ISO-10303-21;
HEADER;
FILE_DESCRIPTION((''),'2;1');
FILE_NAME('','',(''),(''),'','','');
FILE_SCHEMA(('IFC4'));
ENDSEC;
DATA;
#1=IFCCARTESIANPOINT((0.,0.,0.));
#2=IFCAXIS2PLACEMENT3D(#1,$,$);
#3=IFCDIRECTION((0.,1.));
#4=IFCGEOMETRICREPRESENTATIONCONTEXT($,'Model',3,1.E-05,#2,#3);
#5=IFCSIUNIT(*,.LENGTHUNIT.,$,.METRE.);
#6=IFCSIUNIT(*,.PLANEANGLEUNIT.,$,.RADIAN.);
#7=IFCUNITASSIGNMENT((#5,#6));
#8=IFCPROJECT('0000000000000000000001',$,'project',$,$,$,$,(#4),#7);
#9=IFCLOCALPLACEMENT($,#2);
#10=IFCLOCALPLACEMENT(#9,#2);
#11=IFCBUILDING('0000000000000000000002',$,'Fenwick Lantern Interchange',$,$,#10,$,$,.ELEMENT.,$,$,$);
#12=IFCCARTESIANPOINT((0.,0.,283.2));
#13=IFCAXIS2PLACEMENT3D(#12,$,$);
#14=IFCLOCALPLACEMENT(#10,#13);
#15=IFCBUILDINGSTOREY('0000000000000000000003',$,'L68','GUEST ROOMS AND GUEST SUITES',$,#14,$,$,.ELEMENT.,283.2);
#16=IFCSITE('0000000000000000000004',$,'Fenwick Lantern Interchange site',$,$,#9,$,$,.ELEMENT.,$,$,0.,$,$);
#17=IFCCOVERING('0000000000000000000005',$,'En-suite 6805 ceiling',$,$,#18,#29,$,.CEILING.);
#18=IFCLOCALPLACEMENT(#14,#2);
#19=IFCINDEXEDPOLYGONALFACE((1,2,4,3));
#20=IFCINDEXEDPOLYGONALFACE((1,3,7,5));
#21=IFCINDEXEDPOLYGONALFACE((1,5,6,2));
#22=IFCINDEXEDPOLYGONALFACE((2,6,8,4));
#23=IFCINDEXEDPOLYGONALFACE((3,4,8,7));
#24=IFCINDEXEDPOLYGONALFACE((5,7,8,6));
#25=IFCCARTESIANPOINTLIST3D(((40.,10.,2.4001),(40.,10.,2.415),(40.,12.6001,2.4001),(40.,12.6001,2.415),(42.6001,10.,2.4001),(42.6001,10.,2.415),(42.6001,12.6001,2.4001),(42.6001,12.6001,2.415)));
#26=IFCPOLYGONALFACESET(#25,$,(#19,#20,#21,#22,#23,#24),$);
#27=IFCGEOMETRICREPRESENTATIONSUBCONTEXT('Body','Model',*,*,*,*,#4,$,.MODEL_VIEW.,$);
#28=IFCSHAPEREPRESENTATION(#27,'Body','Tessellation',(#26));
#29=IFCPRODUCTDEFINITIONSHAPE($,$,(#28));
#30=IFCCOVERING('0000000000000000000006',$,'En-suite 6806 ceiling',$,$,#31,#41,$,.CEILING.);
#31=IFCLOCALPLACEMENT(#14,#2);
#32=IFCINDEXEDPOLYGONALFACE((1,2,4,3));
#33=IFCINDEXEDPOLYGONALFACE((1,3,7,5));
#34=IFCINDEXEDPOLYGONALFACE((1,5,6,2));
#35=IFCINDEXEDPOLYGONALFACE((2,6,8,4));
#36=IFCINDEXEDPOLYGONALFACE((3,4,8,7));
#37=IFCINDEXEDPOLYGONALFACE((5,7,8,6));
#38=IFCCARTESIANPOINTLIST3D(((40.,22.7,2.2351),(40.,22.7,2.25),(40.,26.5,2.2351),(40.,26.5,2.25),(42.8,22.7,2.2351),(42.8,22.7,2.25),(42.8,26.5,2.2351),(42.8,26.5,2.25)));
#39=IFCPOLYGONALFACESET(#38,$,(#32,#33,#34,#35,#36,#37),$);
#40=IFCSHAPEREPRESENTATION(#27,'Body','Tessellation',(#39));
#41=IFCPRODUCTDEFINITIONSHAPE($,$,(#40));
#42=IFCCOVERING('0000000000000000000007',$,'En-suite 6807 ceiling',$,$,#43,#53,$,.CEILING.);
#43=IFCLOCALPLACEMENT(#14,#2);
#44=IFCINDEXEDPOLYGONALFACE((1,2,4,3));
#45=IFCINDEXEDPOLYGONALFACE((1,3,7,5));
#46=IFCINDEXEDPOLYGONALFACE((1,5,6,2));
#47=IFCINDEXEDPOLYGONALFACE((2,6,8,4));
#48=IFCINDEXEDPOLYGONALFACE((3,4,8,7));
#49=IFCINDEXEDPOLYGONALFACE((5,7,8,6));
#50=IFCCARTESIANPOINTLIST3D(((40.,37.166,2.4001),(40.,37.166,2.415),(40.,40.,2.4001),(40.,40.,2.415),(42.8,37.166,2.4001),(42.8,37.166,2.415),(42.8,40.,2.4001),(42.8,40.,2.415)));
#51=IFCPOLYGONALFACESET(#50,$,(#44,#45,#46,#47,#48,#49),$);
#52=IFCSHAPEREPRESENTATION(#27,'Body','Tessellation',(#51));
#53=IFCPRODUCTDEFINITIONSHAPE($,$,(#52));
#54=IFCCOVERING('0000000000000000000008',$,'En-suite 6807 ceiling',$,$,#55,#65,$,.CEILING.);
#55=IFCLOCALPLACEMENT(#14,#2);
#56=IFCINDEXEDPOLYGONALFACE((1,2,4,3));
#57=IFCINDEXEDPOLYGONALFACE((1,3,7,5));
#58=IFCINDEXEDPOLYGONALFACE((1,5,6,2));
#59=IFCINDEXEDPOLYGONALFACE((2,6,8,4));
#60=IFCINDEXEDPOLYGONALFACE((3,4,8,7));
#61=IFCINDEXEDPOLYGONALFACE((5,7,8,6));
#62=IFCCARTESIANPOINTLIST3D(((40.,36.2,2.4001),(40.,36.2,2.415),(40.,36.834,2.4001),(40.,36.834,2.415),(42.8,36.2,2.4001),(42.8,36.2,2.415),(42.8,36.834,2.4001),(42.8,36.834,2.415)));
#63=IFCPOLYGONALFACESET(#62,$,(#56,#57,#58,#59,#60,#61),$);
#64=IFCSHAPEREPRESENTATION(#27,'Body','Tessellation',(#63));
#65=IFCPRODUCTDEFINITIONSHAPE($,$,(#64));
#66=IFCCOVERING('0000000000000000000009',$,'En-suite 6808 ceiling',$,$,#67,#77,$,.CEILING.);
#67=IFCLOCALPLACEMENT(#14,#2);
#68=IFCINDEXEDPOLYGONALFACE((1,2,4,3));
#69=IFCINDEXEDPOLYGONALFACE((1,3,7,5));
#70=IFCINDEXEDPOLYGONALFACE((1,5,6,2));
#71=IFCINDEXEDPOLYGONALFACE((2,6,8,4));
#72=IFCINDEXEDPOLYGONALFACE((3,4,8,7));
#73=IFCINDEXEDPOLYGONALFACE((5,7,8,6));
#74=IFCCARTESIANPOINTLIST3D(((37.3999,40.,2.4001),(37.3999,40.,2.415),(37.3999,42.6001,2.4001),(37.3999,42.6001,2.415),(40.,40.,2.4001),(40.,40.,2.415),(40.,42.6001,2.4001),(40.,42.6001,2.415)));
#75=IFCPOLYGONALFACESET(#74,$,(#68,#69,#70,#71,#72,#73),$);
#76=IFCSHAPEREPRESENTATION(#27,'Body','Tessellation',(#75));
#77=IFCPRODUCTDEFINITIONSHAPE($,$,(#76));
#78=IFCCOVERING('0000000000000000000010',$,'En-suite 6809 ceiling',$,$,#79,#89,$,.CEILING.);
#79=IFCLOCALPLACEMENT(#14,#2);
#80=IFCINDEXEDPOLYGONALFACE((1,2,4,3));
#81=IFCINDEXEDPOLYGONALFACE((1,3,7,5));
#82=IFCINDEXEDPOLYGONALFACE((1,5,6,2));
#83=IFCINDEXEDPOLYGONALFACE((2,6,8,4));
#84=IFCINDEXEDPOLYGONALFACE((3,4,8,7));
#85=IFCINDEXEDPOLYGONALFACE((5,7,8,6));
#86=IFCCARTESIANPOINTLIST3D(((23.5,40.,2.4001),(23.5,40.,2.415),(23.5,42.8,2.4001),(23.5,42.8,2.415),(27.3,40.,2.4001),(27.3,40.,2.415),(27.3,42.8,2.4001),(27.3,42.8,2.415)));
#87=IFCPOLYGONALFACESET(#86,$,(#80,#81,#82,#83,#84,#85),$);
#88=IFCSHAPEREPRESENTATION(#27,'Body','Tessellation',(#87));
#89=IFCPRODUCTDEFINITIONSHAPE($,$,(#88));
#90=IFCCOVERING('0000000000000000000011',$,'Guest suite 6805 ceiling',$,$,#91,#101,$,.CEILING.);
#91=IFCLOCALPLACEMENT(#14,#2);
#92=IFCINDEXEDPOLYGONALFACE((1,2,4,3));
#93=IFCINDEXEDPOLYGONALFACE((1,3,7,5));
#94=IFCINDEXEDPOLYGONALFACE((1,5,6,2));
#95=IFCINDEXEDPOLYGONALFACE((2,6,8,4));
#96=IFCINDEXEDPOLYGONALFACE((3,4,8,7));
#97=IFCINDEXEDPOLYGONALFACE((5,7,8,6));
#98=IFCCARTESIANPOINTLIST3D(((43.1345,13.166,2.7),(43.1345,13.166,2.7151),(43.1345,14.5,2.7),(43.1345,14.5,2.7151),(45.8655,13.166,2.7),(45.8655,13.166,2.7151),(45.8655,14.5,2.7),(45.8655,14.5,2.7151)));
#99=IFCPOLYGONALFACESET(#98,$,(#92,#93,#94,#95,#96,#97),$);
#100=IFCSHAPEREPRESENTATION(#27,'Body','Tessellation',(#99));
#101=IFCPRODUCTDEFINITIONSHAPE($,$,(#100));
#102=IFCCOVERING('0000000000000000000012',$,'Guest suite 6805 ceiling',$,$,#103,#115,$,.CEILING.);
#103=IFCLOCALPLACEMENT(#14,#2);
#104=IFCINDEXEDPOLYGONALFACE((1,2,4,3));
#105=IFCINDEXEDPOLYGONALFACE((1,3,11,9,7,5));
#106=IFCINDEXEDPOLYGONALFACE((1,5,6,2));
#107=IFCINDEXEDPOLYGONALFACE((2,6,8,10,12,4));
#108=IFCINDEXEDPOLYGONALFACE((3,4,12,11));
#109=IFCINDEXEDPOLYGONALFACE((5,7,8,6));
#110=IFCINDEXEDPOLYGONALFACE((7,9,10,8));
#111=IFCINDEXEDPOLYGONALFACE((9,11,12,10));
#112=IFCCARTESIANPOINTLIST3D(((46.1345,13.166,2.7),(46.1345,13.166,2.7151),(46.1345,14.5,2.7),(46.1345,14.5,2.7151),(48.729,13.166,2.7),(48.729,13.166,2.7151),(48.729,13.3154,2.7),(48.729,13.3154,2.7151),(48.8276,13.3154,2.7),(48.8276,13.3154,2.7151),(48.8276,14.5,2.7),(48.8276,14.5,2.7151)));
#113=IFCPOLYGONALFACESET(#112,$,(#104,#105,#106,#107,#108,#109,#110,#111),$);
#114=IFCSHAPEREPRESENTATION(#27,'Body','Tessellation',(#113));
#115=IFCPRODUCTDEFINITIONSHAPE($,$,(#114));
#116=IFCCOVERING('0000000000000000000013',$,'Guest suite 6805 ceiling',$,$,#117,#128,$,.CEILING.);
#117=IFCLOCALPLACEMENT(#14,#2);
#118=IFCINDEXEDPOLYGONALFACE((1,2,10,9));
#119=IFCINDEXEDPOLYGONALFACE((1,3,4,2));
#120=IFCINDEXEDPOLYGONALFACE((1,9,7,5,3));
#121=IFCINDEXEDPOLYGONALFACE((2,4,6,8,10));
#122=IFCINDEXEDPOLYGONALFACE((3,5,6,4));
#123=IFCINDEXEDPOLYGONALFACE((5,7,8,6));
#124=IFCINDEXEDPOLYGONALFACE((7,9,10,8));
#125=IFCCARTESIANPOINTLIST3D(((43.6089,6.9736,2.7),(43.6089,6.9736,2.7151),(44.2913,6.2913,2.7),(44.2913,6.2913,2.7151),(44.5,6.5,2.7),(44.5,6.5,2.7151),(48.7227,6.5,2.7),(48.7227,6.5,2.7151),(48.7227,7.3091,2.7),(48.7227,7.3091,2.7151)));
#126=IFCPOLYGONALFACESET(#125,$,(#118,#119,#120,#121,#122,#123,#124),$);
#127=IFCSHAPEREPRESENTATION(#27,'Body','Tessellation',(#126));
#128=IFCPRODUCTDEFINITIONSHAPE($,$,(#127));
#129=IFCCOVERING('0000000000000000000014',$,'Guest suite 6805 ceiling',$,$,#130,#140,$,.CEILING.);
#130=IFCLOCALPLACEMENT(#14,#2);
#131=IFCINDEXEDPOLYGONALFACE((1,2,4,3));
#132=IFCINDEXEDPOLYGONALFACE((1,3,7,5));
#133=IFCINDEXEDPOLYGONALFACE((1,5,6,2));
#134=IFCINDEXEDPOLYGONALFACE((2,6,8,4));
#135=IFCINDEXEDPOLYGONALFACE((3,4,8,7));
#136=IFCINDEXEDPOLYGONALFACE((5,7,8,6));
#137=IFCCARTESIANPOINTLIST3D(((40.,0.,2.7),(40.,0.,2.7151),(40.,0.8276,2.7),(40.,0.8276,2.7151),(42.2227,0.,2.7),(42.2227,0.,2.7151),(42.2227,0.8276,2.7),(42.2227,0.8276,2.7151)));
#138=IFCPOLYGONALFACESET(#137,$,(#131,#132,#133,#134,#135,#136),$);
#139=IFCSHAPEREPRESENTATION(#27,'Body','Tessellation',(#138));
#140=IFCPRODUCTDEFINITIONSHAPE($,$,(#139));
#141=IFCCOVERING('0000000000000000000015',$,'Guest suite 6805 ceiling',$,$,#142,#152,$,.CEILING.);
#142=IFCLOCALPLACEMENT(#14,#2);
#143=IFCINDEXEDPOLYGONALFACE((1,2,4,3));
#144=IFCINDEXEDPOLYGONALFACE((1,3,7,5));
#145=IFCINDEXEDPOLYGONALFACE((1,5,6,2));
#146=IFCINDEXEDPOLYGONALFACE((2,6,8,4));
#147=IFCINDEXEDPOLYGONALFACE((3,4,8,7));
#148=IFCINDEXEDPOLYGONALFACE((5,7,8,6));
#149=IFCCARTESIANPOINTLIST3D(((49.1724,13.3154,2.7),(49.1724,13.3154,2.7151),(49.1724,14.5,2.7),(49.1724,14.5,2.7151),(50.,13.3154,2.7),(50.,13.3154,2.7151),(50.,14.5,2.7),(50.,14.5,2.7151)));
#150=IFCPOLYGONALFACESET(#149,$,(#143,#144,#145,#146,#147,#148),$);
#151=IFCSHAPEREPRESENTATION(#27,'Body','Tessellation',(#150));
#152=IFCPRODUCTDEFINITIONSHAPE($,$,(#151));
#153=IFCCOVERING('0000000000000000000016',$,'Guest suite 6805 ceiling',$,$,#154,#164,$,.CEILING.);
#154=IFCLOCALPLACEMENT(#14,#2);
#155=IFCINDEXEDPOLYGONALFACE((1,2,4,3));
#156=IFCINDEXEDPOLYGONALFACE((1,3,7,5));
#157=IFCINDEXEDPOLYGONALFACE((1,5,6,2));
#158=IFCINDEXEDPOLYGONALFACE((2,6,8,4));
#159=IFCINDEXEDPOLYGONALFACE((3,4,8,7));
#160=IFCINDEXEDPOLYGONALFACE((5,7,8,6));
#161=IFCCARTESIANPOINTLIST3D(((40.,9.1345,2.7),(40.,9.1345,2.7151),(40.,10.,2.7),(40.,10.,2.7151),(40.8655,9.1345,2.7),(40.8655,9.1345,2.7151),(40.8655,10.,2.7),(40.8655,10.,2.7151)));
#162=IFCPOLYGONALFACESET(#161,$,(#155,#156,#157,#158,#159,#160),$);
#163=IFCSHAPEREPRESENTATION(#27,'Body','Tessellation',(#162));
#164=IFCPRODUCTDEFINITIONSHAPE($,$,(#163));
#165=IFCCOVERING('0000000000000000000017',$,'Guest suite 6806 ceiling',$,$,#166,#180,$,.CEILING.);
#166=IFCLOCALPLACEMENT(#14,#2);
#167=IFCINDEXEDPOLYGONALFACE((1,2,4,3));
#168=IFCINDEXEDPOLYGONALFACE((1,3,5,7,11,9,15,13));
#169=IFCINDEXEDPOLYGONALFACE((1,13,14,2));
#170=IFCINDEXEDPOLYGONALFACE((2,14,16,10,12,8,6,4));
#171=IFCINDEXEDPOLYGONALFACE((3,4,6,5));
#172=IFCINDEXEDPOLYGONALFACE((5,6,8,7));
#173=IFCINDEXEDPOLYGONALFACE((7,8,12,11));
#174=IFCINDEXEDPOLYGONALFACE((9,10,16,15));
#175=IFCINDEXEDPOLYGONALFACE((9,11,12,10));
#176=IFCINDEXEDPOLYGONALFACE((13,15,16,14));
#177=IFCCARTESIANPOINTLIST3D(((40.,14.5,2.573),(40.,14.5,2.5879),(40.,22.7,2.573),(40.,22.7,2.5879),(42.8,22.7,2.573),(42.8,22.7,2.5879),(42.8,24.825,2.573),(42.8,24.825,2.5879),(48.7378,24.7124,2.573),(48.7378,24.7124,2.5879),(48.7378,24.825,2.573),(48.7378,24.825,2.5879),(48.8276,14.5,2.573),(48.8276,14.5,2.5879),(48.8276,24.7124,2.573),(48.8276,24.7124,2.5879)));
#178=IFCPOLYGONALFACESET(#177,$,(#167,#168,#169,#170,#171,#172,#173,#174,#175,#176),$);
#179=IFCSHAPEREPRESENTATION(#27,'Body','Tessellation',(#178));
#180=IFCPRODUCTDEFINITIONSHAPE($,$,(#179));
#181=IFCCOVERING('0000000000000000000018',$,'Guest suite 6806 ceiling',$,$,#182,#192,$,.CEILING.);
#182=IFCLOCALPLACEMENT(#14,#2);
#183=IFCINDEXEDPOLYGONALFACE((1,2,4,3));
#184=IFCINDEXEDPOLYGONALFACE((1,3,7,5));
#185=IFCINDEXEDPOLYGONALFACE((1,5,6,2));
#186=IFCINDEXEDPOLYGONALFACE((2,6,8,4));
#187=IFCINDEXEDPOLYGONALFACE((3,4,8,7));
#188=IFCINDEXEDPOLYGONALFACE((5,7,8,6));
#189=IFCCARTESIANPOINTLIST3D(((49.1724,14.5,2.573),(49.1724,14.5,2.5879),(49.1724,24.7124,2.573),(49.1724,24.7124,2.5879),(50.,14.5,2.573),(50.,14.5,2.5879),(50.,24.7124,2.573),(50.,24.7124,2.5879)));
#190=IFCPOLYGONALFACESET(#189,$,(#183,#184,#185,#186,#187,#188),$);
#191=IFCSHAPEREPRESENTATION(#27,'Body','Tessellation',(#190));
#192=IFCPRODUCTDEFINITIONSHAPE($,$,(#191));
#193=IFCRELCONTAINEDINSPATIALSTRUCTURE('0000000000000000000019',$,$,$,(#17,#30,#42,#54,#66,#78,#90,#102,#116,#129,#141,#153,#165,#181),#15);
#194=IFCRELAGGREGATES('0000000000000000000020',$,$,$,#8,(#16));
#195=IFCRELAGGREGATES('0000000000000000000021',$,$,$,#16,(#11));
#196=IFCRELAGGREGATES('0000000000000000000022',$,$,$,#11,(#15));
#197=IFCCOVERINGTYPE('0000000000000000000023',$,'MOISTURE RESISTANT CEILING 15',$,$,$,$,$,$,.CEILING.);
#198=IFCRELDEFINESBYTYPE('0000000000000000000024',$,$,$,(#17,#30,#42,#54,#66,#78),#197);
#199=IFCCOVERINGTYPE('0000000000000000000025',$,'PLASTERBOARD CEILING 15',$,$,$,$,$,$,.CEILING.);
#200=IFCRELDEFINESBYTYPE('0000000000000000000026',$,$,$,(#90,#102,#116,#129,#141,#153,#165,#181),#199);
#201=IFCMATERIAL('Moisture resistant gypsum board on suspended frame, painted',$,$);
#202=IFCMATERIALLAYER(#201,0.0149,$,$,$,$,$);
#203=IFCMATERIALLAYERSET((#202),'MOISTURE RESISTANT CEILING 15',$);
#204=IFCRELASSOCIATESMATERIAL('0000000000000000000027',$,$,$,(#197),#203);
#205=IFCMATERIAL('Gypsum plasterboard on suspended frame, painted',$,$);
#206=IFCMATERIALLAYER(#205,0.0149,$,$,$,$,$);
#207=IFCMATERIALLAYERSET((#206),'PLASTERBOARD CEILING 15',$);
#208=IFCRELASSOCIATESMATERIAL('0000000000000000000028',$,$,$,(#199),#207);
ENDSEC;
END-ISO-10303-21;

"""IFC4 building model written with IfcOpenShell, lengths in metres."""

from ifc_helpers import new_model, si_unit, direction, frame, origin, place, context, subcontext, project, spatial, polyline, outline, extrude, material, layer, layer_set, type_object, element, save


model = new_model("IFC4")

# Units and contexts
model_context = context("Model", 3, precision=1e-05, world=origin(), true_north=direction((0.0, 1.0)))
body_context = subcontext(model_context, "Body", "Model", "MODEL_VIEW")
ifc_project = project(units=[si_unit("LENGTHUNIT", "METRE"), si_unit("PLANEANGLEUNIT", "RADIAN")], contexts=[model_context])

# Site, building, storey
site_placement = place(None, origin())
site = spatial("IfcSite", under=ifc_project, at=site_placement, Name="Fenwick Lantern Interchange site", CompositionType="ELEMENT", RefElevation=0.0)
building_placement = place(site_placement, origin())
building = spatial("IfcBuilding", under=site, at=building_placement, Name="Fenwick Lantern Interchange", CompositionType="ELEMENT")
storey_placement = place(building_placement, frame((0.0, 0.0, 283.2)))
storey = spatial("IfcBuildingStorey", under=building, at=storey_placement, Name="L68", Description="GUEST ROOMS AND GUEST SUITES", CompositionType="ELEMENT", Elevation=283.2)

# Coverings
ifc_material_1 = material(Name="Moisture resistant gypsum board on suspended frame, painted")
ifc_layer_1 = layer(ifc_material_1, 0.0149)
ifc_layer_set_1 = layer_set([ifc_layer_1], Name="MOISTURE RESISTANT CEILING 15")
covering_type_1 = type_object("IfcCoveringType", Name="MOISTURE RESISTANT CEILING 15", PredefinedType="CEILING", material=ifc_layer_set_1)
covering_1_placement = place(storey_placement, frame((0.0, 0.0, 2.4001)))
element("IfcCovering", 1, at=covering_1_placement, inside=storey, type_object=covering_type_1, Name="En-suite 6805 ceiling", PredefinedType="CEILING", context=body_context, shape_type="SweptSolid", body=[
    extrude(outline(polyline([(42.6001, 10.0), (42.6001, 12.6001), (40.0, 12.6001), (40.0, 10.0), (42.6001, 10.0)])), origin(), (0.0, 0.0, 1.0), 0.0149),
])
covering_2_placement = place(storey_placement, frame((0.0, 0.0, 2.2351)))
element("IfcCovering", 2, at=covering_2_placement, inside=storey, type_object=covering_type_1, Name="En-suite 6806 ceiling", PredefinedType="CEILING", context=body_context, shape_type="SweptSolid", body=[
    extrude(outline(polyline([(42.8, 22.7), (42.8, 26.5), (40.0, 26.5), (40.0, 22.7), (42.8, 22.7)])), origin(), (0.0, 0.0, 1.0), 0.0149),
])
covering_3_placement = place(storey_placement, frame((0.0, 0.0, 2.4001)))
element("IfcCovering", 3, at=covering_3_placement, inside=storey, type_object=covering_type_1, Name="En-suite 6807 ceiling", PredefinedType="CEILING", context=body_context, shape_type="SweptSolid", body=[
    extrude(outline(polyline([(40.0, 40.0), (40.0, 37.166), (42.8, 37.166), (42.8, 40.0), (40.0, 40.0)])), origin(), (0.0, 0.0, 1.0), 0.0149),
])
covering_4_placement = place(storey_placement, frame((0.0, 0.0, 2.4001)))
element("IfcCovering", 4, at=covering_4_placement, inside=storey, type_object=covering_type_1, Name="En-suite 6807 ceiling", PredefinedType="CEILING", context=body_context, shape_type="SweptSolid", body=[
    extrude(outline(polyline([(42.8, 36.2), (42.8, 36.834), (40.0, 36.834), (40.0, 36.2), (42.8, 36.2)])), origin(), (0.0, 0.0, 1.0), 0.0149),
])
covering_5_placement = place(storey_placement, frame((0.0, 0.0, 2.4001)))
element("IfcCovering", 5, at=covering_5_placement, inside=storey, type_object=covering_type_1, Name="En-suite 6808 ceiling", PredefinedType="CEILING", context=body_context, shape_type="SweptSolid", body=[
    extrude(outline(polyline([(40.0, 42.6001), (37.3999, 42.6001), (37.3999, 40.0), (40.0, 40.0), (40.0, 42.6001)])), origin(), (0.0, 0.0, 1.0), 0.0149),
])
covering_6_placement = place(storey_placement, frame((0.0, 0.0, 2.4001)))
element("IfcCovering", 6, at=covering_6_placement, inside=storey, type_object=covering_type_1, Name="En-suite 6809 ceiling", PredefinedType="CEILING", context=body_context, shape_type="SweptSolid", body=[
    extrude(outline(polyline([(27.3, 42.8), (23.5, 42.8), (23.5, 40.0), (27.3, 40.0), (27.3, 42.8)])), origin(), (0.0, 0.0, 1.0), 0.0149),
])
ifc_material_2 = material(Name="Gypsum plasterboard on suspended frame, painted")
ifc_layer_2 = layer(ifc_material_2, 0.0149)
ifc_layer_set_2 = layer_set([ifc_layer_2], Name="PLASTERBOARD CEILING 15")
covering_type_2 = type_object("IfcCoveringType", Name="PLASTERBOARD CEILING 15", PredefinedType="CEILING", material=ifc_layer_set_2)
covering_7_placement = place(storey_placement, frame((0.0, 0.0, 2.7)))
element("IfcCovering", 7, at=covering_7_placement, inside=storey, type_object=covering_type_2, Name="Guest suite 6805 ceiling", PredefinedType="CEILING", context=body_context, shape_type="SweptSolid", body=[
    extrude(outline(polyline([(45.8655, 14.5), (43.1345, 14.5), (43.1345, 13.166), (45.8655, 13.166), (45.8655, 14.5)])), origin(), (0.0, 0.0, 1.0), 0.0151),
])
covering_8_placement = place(storey_placement, frame((0.0, 0.0, 2.7)))
element("IfcCovering", 8, at=covering_8_placement, inside=storey, type_object=covering_type_2, Name="Guest suite 6805 ceiling", PredefinedType="CEILING", context=body_context, shape_type="SweptSolid", body=[
    extrude(outline(polyline([(48.8276, 14.5), (46.1345, 14.5), (46.1345, 13.166), (48.729, 13.166), (48.729, 13.3154), (48.8276, 13.3154), (48.8276, 14.5)])), origin(), (0.0, 0.0, 1.0), 0.0151),
])
covering_9_placement = place(storey_placement, frame((0.0, 0.0, 2.7)))
element("IfcCovering", 9, at=covering_9_placement, inside=storey, type_object=covering_type_2, Name="Guest suite 6805 ceiling", PredefinedType="CEILING", context=body_context, shape_type="SweptSolid", body=[
    extrude(outline(polyline([(48.7227, 6.5), (48.7227, 7.3091), (43.6089, 6.9736), (44.2913, 6.2913), (44.5, 6.5), (48.7227, 6.5)])), origin(), (0.0, 0.0, 1.0), 0.0151),
])
covering_10_placement = place(storey_placement, frame((0.0, 0.0, 2.7)))
element("IfcCovering", 10, at=covering_10_placement, inside=storey, type_object=covering_type_2, Name="Guest suite 6805 ceiling", PredefinedType="CEILING", context=body_context, shape_type="SweptSolid", body=[
    extrude(outline(polyline([(42.2227, 0.0), (42.2227, 0.8276), (40.0, 0.8276), (40.0, 0.0), (42.2227, 0.0)])), origin(), (0.0, 0.0, 1.0), 0.0151),
])
covering_11_placement = place(storey_placement, frame((0.0, 0.0, 2.7)))
element("IfcCovering", 11, at=covering_11_placement, inside=storey, type_object=covering_type_2, Name="Guest suite 6805 ceiling", PredefinedType="CEILING", context=body_context, shape_type="SweptSolid", body=[
    extrude(outline(polyline([(50.0, 14.5), (49.1724, 14.5), (49.1724, 13.3154), (50.0, 13.3154), (50.0, 14.5)])), origin(), (0.0, 0.0, 1.0), 0.0151),
])
covering_12_placement = place(storey_placement, frame((0.0, 0.0, 2.7)))
element("IfcCovering", 12, at=covering_12_placement, inside=storey, type_object=covering_type_2, Name="Guest suite 6805 ceiling", PredefinedType="CEILING", context=body_context, shape_type="SweptSolid", body=[
    extrude(outline(polyline([(40.0, 10.0), (40.0, 9.1345), (40.8655, 9.1345), (40.8655, 10.0), (40.0, 10.0)])), origin(), (0.0, 0.0, 1.0), 0.0151),
])
covering_13_placement = place(storey_placement, frame((0.0, 0.0, 2.573)))
element("IfcCovering", 13, at=covering_13_placement, inside=storey, type_object=covering_type_2, Name="Guest suite 6806 ceiling", PredefinedType="CEILING", context=body_context, shape_type="SweptSolid", body=[
    extrude(outline(polyline([(48.7378, 24.7124), (48.7378, 24.825), (42.8, 24.825), (42.8, 22.7), (40.0, 22.7), (40.0, 14.5), (48.8276, 14.5), (48.8276, 24.7124), (48.7378, 24.7124)])), origin(), (0.0, 0.0, 1.0), 0.0149),
])
covering_14_placement = place(storey_placement, frame((0.0, 0.0, 2.573)))
element("IfcCovering", 14, at=covering_14_placement, inside=storey, type_object=covering_type_2, Name="Guest suite 6806 ceiling", PredefinedType="CEILING", context=body_context, shape_type="SweptSolid", body=[
    extrude(outline(polyline([(50.0, 24.7124), (49.1724, 24.7124), (49.1724, 14.5), (50.0, 14.5), (50.0, 24.7124)])), origin(), (0.0, 0.0, 1.0), 0.0149),
])

save(model, "model.ifc")
